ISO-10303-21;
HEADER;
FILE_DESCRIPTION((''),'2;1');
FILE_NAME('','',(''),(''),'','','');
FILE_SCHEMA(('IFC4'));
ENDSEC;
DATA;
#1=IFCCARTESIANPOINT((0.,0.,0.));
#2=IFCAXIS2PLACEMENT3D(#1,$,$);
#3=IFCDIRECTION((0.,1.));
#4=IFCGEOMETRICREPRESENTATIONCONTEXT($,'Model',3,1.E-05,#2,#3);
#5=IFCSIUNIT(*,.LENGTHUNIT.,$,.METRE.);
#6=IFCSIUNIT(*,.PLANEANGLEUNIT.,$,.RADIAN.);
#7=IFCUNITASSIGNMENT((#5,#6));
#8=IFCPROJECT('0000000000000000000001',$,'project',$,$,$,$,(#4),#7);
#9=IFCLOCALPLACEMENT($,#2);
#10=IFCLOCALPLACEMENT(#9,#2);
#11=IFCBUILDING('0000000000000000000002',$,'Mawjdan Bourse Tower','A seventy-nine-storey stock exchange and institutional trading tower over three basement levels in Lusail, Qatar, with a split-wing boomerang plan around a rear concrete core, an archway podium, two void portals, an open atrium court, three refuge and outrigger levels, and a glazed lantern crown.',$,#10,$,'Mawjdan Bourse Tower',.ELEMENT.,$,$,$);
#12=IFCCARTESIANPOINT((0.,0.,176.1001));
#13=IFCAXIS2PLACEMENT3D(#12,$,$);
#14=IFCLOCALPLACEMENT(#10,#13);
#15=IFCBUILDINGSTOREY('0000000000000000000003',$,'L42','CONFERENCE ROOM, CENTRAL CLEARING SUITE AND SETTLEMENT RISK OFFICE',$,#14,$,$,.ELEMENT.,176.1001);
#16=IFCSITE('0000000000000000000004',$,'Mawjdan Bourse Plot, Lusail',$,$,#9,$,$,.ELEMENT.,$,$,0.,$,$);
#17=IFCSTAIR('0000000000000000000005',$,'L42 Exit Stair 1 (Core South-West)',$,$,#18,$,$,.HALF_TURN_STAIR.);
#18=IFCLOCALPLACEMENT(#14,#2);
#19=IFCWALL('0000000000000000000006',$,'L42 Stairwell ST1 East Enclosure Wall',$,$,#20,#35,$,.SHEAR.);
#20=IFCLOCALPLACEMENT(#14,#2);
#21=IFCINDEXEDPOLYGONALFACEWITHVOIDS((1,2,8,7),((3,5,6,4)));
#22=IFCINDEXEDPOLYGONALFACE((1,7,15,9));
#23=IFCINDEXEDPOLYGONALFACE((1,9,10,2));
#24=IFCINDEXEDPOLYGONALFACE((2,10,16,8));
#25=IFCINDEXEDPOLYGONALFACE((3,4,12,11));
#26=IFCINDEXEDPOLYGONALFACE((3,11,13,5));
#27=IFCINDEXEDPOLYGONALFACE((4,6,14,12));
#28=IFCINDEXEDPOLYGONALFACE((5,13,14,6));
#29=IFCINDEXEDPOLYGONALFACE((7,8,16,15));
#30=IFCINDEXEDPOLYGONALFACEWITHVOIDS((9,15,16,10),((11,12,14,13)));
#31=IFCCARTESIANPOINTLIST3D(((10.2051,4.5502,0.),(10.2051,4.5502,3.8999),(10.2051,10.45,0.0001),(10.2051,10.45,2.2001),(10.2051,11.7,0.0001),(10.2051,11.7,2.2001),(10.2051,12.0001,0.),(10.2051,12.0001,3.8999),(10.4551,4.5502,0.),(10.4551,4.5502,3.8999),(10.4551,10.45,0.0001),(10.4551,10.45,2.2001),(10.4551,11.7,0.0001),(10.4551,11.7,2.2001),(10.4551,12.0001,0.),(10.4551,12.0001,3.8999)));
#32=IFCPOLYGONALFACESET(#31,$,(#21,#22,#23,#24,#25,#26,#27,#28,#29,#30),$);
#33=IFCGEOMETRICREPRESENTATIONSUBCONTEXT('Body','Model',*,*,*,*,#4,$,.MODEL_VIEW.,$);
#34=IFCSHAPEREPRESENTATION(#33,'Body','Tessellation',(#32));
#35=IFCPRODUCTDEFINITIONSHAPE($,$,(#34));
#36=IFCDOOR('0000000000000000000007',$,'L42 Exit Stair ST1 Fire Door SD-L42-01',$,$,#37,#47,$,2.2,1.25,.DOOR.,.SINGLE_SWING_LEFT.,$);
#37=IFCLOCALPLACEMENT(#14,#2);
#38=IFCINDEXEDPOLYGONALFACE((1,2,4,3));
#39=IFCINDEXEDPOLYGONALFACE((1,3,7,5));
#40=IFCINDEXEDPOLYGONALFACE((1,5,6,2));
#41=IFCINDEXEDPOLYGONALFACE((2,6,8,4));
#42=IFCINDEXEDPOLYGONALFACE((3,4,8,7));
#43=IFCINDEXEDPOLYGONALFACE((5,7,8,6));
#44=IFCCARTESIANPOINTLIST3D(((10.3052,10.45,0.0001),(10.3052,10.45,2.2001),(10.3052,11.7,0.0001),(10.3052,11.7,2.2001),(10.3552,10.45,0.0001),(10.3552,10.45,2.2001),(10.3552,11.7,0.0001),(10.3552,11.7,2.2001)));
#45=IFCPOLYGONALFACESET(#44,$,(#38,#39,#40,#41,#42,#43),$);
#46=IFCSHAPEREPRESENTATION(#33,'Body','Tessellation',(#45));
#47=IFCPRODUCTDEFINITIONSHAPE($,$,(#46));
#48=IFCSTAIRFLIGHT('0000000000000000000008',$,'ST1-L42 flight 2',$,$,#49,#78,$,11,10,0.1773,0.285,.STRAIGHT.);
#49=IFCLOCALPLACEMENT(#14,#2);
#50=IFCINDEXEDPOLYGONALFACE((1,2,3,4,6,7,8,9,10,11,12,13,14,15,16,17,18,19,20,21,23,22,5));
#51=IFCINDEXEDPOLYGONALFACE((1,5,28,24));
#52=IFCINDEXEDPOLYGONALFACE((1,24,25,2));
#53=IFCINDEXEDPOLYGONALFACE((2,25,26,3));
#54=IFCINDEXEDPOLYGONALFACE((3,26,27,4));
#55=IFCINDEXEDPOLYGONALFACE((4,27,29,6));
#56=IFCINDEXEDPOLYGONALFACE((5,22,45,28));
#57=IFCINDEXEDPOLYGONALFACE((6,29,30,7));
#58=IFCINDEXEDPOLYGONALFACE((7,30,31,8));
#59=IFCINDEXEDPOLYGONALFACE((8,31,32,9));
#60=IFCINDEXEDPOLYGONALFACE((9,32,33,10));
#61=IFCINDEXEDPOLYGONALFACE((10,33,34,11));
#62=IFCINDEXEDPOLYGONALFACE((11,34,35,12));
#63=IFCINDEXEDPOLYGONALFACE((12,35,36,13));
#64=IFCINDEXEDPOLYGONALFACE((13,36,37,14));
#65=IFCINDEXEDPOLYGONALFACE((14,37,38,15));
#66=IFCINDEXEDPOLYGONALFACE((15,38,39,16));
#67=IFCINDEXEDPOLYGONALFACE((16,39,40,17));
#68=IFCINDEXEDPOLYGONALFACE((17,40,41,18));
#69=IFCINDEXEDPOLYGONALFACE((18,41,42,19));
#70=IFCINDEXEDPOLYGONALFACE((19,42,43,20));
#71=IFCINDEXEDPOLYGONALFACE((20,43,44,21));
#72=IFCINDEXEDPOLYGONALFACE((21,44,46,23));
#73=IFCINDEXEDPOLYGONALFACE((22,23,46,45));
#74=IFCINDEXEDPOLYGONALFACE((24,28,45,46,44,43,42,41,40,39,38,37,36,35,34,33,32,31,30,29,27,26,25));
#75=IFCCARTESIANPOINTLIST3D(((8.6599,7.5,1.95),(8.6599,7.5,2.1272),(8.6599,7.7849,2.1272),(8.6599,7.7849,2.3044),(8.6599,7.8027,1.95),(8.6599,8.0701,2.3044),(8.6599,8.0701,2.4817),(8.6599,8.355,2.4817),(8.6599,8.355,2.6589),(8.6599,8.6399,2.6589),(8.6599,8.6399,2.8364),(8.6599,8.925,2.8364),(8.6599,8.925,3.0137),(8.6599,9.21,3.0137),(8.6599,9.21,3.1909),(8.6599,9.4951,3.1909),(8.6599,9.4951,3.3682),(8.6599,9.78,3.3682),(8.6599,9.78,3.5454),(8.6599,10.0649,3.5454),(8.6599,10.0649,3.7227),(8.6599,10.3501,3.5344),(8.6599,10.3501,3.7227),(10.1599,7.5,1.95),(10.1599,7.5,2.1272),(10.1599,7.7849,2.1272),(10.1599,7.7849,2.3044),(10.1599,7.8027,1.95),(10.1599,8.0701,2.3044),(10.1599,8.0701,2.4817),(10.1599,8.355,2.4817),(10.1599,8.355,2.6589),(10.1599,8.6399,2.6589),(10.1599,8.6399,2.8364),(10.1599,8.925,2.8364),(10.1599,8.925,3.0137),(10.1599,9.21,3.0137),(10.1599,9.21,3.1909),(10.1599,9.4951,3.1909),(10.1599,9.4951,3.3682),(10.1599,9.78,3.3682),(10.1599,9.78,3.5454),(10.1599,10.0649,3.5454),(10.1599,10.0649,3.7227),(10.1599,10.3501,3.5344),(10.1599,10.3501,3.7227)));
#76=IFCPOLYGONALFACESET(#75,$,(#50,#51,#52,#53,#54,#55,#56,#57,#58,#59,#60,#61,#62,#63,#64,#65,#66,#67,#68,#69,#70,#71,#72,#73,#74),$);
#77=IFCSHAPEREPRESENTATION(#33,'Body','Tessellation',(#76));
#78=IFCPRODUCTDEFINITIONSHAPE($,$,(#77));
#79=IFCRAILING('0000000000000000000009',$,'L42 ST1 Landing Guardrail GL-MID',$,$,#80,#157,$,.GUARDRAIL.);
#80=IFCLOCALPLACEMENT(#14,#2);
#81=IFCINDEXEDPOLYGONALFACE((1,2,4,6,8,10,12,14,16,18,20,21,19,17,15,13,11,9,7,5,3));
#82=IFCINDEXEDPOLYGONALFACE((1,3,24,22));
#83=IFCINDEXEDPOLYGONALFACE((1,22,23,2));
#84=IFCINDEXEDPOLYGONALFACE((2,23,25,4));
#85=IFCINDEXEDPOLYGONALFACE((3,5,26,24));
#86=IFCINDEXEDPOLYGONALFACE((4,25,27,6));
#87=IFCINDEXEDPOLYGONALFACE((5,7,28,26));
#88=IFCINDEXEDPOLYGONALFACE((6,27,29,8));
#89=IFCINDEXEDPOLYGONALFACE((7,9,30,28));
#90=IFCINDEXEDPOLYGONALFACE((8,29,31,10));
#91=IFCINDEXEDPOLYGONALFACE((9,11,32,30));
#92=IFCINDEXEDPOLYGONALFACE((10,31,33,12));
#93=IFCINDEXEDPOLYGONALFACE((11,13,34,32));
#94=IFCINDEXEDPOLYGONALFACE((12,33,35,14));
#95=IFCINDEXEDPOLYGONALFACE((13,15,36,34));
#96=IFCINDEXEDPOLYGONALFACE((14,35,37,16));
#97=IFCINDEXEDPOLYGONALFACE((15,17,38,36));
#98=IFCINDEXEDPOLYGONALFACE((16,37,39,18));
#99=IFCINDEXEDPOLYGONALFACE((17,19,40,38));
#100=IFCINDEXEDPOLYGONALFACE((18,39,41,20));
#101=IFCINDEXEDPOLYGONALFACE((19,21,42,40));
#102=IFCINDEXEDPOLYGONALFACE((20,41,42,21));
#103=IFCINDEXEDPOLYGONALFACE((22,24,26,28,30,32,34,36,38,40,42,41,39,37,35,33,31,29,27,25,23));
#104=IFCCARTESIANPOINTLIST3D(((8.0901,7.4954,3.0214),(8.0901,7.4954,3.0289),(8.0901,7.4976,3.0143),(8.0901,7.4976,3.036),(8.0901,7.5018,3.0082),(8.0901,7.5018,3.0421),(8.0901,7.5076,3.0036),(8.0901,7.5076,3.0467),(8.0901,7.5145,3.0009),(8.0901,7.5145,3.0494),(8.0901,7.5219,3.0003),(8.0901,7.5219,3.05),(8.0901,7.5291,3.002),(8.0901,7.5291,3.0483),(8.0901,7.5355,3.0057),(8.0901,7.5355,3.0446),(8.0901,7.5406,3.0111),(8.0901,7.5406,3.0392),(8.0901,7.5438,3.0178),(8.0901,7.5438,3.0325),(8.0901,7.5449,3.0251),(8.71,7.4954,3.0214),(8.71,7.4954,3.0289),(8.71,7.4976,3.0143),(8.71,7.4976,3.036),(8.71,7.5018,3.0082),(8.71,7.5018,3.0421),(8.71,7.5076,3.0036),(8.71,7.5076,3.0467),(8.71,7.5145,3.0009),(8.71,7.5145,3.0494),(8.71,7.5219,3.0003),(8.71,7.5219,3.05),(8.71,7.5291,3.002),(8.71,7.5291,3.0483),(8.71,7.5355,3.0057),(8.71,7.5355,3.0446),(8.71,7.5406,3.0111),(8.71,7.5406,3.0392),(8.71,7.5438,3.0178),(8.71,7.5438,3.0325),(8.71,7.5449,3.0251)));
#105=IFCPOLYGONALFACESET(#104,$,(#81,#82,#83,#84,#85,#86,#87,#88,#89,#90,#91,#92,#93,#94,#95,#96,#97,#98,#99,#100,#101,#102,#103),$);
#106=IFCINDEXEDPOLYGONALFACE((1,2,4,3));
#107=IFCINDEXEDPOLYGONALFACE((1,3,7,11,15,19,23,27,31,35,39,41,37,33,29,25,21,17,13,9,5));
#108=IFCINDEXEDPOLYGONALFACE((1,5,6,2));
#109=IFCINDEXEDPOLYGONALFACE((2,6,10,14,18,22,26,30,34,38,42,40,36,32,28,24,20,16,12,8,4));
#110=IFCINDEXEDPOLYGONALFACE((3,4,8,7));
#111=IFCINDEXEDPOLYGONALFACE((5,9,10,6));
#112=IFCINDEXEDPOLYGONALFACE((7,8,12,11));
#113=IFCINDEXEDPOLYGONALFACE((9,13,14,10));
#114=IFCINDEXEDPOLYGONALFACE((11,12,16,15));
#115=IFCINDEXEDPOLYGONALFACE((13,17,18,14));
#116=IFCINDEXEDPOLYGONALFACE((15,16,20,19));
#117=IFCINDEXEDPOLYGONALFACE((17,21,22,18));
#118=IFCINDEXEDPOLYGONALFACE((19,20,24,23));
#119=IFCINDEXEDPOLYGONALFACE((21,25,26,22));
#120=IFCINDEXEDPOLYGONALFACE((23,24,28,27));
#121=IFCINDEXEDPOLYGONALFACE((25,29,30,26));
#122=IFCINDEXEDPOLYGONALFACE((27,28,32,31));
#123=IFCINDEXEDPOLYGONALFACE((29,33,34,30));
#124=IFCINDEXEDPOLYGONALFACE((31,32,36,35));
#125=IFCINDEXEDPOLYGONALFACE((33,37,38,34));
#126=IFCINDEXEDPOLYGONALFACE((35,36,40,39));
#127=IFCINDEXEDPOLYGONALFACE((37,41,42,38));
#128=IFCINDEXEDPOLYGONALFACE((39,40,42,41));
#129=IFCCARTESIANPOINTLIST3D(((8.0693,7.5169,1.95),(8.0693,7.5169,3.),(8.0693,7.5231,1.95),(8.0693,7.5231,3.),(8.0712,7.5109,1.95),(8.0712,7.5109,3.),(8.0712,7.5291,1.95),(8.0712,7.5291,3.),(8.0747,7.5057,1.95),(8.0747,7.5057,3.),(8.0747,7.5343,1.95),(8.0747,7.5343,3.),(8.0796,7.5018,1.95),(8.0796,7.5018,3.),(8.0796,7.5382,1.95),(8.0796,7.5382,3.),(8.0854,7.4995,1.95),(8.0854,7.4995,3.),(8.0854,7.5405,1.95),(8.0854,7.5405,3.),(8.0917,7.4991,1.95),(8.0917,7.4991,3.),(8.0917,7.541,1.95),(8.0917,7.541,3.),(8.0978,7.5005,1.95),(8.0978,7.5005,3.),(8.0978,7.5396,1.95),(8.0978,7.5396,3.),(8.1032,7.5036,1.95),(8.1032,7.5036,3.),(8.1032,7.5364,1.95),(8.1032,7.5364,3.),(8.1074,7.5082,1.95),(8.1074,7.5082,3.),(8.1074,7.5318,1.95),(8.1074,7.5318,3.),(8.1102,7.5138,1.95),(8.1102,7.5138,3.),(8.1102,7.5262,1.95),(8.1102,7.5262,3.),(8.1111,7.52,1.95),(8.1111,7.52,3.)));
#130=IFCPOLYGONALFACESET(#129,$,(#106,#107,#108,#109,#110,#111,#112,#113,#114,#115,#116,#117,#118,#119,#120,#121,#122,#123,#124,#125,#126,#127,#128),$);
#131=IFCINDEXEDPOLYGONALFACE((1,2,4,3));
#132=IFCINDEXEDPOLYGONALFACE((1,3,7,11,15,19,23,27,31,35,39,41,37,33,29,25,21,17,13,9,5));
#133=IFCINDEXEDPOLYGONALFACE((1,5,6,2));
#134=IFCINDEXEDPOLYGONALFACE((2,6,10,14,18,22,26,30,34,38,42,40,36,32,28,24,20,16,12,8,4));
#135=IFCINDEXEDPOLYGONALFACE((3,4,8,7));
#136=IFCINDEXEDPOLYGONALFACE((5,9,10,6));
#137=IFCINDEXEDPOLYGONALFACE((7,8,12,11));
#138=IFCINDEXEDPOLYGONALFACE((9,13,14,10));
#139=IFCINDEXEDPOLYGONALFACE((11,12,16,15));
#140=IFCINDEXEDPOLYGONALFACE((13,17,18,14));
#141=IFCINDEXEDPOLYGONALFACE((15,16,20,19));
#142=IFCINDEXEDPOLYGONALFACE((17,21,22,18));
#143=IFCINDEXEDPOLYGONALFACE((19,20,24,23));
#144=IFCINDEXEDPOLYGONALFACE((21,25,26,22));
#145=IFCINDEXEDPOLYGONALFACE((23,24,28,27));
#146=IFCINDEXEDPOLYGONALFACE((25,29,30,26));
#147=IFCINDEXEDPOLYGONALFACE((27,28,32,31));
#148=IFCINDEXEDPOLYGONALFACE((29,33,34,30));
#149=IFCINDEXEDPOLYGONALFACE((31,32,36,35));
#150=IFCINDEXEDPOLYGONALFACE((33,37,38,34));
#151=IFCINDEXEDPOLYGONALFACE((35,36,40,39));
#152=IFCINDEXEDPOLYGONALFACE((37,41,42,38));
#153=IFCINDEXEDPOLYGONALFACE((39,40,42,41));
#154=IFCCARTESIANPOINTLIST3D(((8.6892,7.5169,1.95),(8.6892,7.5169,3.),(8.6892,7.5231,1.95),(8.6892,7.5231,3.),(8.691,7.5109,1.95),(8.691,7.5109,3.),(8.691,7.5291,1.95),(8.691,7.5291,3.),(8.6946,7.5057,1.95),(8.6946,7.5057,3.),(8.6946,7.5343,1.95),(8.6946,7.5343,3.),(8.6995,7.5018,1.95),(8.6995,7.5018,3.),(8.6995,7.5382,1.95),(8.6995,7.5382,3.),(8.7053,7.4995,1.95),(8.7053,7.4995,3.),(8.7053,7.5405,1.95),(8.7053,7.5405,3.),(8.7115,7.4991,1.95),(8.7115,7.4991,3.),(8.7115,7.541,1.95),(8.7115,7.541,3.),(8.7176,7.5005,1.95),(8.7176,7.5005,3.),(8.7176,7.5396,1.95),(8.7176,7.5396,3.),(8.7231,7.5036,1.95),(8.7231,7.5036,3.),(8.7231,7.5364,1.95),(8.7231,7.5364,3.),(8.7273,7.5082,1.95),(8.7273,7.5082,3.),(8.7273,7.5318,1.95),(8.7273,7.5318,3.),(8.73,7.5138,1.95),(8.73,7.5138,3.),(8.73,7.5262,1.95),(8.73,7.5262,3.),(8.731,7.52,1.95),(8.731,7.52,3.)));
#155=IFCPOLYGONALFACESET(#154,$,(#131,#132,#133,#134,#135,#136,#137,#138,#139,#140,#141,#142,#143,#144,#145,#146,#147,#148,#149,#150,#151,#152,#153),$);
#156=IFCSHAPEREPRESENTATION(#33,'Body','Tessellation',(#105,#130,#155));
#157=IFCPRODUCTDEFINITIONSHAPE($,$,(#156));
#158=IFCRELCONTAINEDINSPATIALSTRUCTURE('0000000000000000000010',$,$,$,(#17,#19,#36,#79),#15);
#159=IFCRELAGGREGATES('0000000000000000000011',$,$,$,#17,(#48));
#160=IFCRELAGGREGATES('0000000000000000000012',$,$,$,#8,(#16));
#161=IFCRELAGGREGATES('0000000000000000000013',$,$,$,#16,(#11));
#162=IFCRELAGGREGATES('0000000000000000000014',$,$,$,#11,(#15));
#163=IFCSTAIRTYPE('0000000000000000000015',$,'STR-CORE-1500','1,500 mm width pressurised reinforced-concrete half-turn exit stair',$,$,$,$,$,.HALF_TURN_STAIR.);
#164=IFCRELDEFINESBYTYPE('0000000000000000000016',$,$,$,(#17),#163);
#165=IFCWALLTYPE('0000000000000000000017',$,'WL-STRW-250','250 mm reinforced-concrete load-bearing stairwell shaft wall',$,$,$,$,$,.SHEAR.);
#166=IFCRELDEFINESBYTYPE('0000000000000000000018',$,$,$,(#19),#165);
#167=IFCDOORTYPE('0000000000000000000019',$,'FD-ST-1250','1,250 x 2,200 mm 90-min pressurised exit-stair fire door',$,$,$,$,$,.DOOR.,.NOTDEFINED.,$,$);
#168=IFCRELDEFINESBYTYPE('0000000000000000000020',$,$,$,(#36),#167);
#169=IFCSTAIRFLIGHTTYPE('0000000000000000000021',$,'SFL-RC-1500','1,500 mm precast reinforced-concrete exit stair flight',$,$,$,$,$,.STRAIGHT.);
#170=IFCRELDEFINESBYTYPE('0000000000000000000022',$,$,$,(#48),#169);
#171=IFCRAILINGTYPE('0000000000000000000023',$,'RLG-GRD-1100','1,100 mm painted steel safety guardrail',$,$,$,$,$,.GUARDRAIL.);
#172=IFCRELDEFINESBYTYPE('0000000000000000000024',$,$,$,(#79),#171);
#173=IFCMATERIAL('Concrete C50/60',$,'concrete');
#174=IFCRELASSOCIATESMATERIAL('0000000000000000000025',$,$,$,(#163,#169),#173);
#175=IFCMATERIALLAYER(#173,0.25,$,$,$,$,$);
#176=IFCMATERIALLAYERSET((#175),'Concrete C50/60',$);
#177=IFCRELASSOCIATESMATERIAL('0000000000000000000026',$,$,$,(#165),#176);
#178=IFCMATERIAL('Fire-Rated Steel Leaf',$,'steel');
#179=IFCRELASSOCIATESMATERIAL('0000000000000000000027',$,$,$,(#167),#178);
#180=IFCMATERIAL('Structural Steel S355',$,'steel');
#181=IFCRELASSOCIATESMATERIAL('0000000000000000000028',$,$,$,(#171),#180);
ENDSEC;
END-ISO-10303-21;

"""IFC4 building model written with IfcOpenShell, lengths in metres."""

from ifc_helpers import new_model, si_unit, direction, frame, frame_2d, origin, origin_2d, place, context, subcontext, project, spatial, polyline, rectangle, circle, outline, extrude, material, layer, layer_set, type_object, element, fill, aggregate, save


model = new_model("IFC4")

# Units and contexts
model_context = context("Model", 3, precision=1e-05, world=origin(), true_north=direction((0.0, 1.0)))
body_context = subcontext(model_context, "Body", "Model", "MODEL_VIEW")
ifc_project = project(units=[si_unit("LENGTHUNIT", "METRE"), si_unit("PLANEANGLEUNIT", "RADIAN")], contexts=[model_context])

# Site, building, storey
site_placement = place(None, origin())
site = spatial("IfcSite", under=ifc_project, at=site_placement, Name="Mawjdan Bourse Plot, Lusail", CompositionType="ELEMENT", RefElevation=0.0)
building_placement = place(site_placement, origin())
building = spatial("IfcBuilding", under=site, at=building_placement, Name="Mawjdan Bourse Tower", Description="A seventy-nine-storey stock exchange and institutional trading tower over three basement levels in Lusail, Qatar, with a split-wing boomerang plan around a rear concrete core, an archway podium, two void portals, an open atrium court, three refuge and outrigger levels, and a glazed lantern crown.", LongName="Mawjdan Bourse Tower", CompositionType="ELEMENT")
storey_placement = place(building_placement, frame((0.0, 0.0, 176.1001)))
storey = spatial("IfcBuildingStorey", under=building, at=storey_placement, Name="L42", Description="CONFERENCE ROOM, CENTRAL CLEARING SUITE AND SETTLEMENT RISK OFFICE", CompositionType="ELEMENT", Elevation=176.1001)

# Shared definitions
ifc_material_1 = material(Name="Structural Steel S355", Category="steel")

# Stair
ifc_material_2 = material(Name="Concrete C50/60", Category="concrete")
stair_type = type_object("IfcStairType", Name="STR-CORE-1500", Description="1,500 mm width pressurised reinforced-concrete half-turn exit stair", PredefinedType="HALF_TURN_STAIR", material=ifc_material_2)
stair_1_placement = place(storey_placement, origin())
stair_1 = element("IfcStair", 1, at=stair_1_placement, inside=storey, type_object=stair_type, Name="L42 Exit Stair 1 (Core South-West)", PredefinedType="HALF_TURN_STAIR")

# Shared definitions
ifc_material_3 = material(Name="Fire-Rated Steel Leaf", Category="steel")

# Shared definitions
ifc_layer_1 = layer(ifc_material_2, 0.25)
ifc_layer_set_1 = layer_set([ifc_layer_1], Name="Concrete C50/60")
wall_type_1 = type_object("IfcWallType", Name="WL-STRW-250", Description="250 mm reinforced-concrete load-bearing stairwell shaft wall", PredefinedType="SHEAR", material=ifc_layer_set_1)

# Wall, opening, door
wall_1_placement = place(storey_placement, frame((10.3301, 4.55, 0.0), z_axis=(0.0, 0.0, 1.0), x_axis=(0.0, 1.0, 0.0)))
wall_1 = element("IfcWall", 2, at=wall_1_placement, inside=storey, type_object=wall_type_1, Name="L42 Stairwell ST1 East Enclosure Wall", PredefinedType="SHEAR", context=body_context, shape_type="SweptSolid", body=[
    extrude(rectangle(XDim=7.45, YDim=0.25, at=frame_2d((3.7251, 0.0))), origin(), (0.0, 0.0, 1.0), 3.8999),
])
opening_1_placement = place(wall_1_placement, frame((5.8999, 0.0, 0.0)))
opening_1 = element("IfcOpeningElement", 3, at=opening_1_placement, cuts=wall_1, PredefinedType="OPENING", context=body_context, shape_type="SweptSolid", body=[
    extrude(rectangle(XDim=1.25, YDim=2.2, at=frame_2d((0.625, 1.1001))), frame((0.0, 0.135, 0.0), z_axis=(0.0, -1.0, 0.0), x_axis=(1.0, 0.0, 0.0)), (0.0, 0.0, 1.0), 0.27),
])
door_type_1 = type_object("IfcDoorType", Name="FD-ST-1250", Description="1,250 x 2,200 mm 90-min pressurised exit-stair fire door", OperationType="NOTDEFINED", PredefinedType="DOOR", material=ifc_material_3)
door_1_placement = place(opening_1_placement, origin())
door_1 = element("IfcDoor", 4, at=door_1_placement, inside=storey, type_object=door_type_1, Name="L42 Exit Stair ST1 Fire Door SD-L42-01", OperationType="SINGLE_SWING_LEFT", OverallHeight=2.2, OverallWidth=1.25, PredefinedType="DOOR", context=body_context, shape_type="SweptSolid", body=[
    extrude(rectangle(XDim=1.25, YDim=2.2, at=frame_2d((0.625, 1.1001))), frame((0.0, 0.0249, 0.0), z_axis=(0.0, -1.0, 0.0), x_axis=(1.0, 0.0, 0.0)), (0.0, 0.0, 1.0), 0.05),
])
fill(opening_1, door_1)

# Stair flight
stair_flight_type = type_object("IfcStairFlightType", Name="SFL-RC-1500", Description="1,500 mm precast reinforced-concrete exit stair flight", PredefinedType="STRAIGHT", material=ifc_material_2)
stair_flight_placement = place(storey_placement, frame((9.4099, 7.5, 1.95), z_axis=(0.0, 0.0, 1.0), x_axis=(0.0, 1.0, 0.0)))
stair_flight = element("IfcStairFlight", 5, at=stair_flight_placement, type_object=stair_flight_type, Name="ST1-L42 flight 2", NumberOfRisers=11, NumberOfTreads=10, PredefinedType="STRAIGHT", RiserHeight=0.1773, TreadLength=0.285, context=body_context, shape_type="SweptSolid", body=[
    extrude(outline(polyline([(0.0, 0.0), (0.0, 0.1772), (0.2849, 0.1772), (0.2849, 0.3545), (0.5701, 0.3545), (0.5701, 0.5317), (0.855, 0.5317), (0.855, 0.709), (1.1399, 0.709), (1.1399, 0.8865), (1.425, 0.8865), (1.425, 1.0637), (1.71, 1.0637), (1.71, 1.241), (1.9951, 1.241), (1.9951, 1.4182), (2.28, 1.4182), (2.28, 1.5955), (2.5649, 1.5955), (2.5649, 1.7727), (2.8501, 1.7727), (2.8501, 1.95), (2.8501, 1.5845), (0.3027, 0.0), (0.0, 0.0)])), frame((0.0, 0.75, 0.0), z_axis=(0.0, -1.0, 0.0), x_axis=(1.0, 0.0, 0.0)), (0.0, 0.0, 1.0), 1.5),
])
aggregate(stair_1, [stair_flight])

# Railing
railing_type_1 = type_object("IfcRailingType", Name="RLG-GRD-1100", Description="1,100 mm painted steel safety guardrail", PredefinedType="GUARDRAIL", material=ifc_material_1)
railing_1_placement = place(storey_placement, frame((8.0901, 7.52, 1.95)))
element("IfcRailing", 6, at=railing_1_placement, inside=storey, type_object=railing_type_1, Name="L42 ST1 Landing Guardrail GL-MID", PredefinedType="GUARDRAIL", context=body_context, shape_type="SweptSolid", body=[
    extrude(circle(Radius=0.0249, at=origin_2d()), frame((0.0, 0.0, 1.0752), z_axis=(1.0, 0.0, 0.0), x_axis=(0.0, 1.0, 0.0)), (0.0, 0.0, 1.0), 0.6199),
    extrude(circle(Radius=0.021, at=origin_2d()), origin(), (0.0, 0.0, 1.0), 1.05),
    extrude(circle(Radius=0.021, at=origin_2d()), frame((0.6199, 0.0, 0.0)), (0.0, 0.0, 1.0), 1.05),
])

save(model, "model.ifc")
